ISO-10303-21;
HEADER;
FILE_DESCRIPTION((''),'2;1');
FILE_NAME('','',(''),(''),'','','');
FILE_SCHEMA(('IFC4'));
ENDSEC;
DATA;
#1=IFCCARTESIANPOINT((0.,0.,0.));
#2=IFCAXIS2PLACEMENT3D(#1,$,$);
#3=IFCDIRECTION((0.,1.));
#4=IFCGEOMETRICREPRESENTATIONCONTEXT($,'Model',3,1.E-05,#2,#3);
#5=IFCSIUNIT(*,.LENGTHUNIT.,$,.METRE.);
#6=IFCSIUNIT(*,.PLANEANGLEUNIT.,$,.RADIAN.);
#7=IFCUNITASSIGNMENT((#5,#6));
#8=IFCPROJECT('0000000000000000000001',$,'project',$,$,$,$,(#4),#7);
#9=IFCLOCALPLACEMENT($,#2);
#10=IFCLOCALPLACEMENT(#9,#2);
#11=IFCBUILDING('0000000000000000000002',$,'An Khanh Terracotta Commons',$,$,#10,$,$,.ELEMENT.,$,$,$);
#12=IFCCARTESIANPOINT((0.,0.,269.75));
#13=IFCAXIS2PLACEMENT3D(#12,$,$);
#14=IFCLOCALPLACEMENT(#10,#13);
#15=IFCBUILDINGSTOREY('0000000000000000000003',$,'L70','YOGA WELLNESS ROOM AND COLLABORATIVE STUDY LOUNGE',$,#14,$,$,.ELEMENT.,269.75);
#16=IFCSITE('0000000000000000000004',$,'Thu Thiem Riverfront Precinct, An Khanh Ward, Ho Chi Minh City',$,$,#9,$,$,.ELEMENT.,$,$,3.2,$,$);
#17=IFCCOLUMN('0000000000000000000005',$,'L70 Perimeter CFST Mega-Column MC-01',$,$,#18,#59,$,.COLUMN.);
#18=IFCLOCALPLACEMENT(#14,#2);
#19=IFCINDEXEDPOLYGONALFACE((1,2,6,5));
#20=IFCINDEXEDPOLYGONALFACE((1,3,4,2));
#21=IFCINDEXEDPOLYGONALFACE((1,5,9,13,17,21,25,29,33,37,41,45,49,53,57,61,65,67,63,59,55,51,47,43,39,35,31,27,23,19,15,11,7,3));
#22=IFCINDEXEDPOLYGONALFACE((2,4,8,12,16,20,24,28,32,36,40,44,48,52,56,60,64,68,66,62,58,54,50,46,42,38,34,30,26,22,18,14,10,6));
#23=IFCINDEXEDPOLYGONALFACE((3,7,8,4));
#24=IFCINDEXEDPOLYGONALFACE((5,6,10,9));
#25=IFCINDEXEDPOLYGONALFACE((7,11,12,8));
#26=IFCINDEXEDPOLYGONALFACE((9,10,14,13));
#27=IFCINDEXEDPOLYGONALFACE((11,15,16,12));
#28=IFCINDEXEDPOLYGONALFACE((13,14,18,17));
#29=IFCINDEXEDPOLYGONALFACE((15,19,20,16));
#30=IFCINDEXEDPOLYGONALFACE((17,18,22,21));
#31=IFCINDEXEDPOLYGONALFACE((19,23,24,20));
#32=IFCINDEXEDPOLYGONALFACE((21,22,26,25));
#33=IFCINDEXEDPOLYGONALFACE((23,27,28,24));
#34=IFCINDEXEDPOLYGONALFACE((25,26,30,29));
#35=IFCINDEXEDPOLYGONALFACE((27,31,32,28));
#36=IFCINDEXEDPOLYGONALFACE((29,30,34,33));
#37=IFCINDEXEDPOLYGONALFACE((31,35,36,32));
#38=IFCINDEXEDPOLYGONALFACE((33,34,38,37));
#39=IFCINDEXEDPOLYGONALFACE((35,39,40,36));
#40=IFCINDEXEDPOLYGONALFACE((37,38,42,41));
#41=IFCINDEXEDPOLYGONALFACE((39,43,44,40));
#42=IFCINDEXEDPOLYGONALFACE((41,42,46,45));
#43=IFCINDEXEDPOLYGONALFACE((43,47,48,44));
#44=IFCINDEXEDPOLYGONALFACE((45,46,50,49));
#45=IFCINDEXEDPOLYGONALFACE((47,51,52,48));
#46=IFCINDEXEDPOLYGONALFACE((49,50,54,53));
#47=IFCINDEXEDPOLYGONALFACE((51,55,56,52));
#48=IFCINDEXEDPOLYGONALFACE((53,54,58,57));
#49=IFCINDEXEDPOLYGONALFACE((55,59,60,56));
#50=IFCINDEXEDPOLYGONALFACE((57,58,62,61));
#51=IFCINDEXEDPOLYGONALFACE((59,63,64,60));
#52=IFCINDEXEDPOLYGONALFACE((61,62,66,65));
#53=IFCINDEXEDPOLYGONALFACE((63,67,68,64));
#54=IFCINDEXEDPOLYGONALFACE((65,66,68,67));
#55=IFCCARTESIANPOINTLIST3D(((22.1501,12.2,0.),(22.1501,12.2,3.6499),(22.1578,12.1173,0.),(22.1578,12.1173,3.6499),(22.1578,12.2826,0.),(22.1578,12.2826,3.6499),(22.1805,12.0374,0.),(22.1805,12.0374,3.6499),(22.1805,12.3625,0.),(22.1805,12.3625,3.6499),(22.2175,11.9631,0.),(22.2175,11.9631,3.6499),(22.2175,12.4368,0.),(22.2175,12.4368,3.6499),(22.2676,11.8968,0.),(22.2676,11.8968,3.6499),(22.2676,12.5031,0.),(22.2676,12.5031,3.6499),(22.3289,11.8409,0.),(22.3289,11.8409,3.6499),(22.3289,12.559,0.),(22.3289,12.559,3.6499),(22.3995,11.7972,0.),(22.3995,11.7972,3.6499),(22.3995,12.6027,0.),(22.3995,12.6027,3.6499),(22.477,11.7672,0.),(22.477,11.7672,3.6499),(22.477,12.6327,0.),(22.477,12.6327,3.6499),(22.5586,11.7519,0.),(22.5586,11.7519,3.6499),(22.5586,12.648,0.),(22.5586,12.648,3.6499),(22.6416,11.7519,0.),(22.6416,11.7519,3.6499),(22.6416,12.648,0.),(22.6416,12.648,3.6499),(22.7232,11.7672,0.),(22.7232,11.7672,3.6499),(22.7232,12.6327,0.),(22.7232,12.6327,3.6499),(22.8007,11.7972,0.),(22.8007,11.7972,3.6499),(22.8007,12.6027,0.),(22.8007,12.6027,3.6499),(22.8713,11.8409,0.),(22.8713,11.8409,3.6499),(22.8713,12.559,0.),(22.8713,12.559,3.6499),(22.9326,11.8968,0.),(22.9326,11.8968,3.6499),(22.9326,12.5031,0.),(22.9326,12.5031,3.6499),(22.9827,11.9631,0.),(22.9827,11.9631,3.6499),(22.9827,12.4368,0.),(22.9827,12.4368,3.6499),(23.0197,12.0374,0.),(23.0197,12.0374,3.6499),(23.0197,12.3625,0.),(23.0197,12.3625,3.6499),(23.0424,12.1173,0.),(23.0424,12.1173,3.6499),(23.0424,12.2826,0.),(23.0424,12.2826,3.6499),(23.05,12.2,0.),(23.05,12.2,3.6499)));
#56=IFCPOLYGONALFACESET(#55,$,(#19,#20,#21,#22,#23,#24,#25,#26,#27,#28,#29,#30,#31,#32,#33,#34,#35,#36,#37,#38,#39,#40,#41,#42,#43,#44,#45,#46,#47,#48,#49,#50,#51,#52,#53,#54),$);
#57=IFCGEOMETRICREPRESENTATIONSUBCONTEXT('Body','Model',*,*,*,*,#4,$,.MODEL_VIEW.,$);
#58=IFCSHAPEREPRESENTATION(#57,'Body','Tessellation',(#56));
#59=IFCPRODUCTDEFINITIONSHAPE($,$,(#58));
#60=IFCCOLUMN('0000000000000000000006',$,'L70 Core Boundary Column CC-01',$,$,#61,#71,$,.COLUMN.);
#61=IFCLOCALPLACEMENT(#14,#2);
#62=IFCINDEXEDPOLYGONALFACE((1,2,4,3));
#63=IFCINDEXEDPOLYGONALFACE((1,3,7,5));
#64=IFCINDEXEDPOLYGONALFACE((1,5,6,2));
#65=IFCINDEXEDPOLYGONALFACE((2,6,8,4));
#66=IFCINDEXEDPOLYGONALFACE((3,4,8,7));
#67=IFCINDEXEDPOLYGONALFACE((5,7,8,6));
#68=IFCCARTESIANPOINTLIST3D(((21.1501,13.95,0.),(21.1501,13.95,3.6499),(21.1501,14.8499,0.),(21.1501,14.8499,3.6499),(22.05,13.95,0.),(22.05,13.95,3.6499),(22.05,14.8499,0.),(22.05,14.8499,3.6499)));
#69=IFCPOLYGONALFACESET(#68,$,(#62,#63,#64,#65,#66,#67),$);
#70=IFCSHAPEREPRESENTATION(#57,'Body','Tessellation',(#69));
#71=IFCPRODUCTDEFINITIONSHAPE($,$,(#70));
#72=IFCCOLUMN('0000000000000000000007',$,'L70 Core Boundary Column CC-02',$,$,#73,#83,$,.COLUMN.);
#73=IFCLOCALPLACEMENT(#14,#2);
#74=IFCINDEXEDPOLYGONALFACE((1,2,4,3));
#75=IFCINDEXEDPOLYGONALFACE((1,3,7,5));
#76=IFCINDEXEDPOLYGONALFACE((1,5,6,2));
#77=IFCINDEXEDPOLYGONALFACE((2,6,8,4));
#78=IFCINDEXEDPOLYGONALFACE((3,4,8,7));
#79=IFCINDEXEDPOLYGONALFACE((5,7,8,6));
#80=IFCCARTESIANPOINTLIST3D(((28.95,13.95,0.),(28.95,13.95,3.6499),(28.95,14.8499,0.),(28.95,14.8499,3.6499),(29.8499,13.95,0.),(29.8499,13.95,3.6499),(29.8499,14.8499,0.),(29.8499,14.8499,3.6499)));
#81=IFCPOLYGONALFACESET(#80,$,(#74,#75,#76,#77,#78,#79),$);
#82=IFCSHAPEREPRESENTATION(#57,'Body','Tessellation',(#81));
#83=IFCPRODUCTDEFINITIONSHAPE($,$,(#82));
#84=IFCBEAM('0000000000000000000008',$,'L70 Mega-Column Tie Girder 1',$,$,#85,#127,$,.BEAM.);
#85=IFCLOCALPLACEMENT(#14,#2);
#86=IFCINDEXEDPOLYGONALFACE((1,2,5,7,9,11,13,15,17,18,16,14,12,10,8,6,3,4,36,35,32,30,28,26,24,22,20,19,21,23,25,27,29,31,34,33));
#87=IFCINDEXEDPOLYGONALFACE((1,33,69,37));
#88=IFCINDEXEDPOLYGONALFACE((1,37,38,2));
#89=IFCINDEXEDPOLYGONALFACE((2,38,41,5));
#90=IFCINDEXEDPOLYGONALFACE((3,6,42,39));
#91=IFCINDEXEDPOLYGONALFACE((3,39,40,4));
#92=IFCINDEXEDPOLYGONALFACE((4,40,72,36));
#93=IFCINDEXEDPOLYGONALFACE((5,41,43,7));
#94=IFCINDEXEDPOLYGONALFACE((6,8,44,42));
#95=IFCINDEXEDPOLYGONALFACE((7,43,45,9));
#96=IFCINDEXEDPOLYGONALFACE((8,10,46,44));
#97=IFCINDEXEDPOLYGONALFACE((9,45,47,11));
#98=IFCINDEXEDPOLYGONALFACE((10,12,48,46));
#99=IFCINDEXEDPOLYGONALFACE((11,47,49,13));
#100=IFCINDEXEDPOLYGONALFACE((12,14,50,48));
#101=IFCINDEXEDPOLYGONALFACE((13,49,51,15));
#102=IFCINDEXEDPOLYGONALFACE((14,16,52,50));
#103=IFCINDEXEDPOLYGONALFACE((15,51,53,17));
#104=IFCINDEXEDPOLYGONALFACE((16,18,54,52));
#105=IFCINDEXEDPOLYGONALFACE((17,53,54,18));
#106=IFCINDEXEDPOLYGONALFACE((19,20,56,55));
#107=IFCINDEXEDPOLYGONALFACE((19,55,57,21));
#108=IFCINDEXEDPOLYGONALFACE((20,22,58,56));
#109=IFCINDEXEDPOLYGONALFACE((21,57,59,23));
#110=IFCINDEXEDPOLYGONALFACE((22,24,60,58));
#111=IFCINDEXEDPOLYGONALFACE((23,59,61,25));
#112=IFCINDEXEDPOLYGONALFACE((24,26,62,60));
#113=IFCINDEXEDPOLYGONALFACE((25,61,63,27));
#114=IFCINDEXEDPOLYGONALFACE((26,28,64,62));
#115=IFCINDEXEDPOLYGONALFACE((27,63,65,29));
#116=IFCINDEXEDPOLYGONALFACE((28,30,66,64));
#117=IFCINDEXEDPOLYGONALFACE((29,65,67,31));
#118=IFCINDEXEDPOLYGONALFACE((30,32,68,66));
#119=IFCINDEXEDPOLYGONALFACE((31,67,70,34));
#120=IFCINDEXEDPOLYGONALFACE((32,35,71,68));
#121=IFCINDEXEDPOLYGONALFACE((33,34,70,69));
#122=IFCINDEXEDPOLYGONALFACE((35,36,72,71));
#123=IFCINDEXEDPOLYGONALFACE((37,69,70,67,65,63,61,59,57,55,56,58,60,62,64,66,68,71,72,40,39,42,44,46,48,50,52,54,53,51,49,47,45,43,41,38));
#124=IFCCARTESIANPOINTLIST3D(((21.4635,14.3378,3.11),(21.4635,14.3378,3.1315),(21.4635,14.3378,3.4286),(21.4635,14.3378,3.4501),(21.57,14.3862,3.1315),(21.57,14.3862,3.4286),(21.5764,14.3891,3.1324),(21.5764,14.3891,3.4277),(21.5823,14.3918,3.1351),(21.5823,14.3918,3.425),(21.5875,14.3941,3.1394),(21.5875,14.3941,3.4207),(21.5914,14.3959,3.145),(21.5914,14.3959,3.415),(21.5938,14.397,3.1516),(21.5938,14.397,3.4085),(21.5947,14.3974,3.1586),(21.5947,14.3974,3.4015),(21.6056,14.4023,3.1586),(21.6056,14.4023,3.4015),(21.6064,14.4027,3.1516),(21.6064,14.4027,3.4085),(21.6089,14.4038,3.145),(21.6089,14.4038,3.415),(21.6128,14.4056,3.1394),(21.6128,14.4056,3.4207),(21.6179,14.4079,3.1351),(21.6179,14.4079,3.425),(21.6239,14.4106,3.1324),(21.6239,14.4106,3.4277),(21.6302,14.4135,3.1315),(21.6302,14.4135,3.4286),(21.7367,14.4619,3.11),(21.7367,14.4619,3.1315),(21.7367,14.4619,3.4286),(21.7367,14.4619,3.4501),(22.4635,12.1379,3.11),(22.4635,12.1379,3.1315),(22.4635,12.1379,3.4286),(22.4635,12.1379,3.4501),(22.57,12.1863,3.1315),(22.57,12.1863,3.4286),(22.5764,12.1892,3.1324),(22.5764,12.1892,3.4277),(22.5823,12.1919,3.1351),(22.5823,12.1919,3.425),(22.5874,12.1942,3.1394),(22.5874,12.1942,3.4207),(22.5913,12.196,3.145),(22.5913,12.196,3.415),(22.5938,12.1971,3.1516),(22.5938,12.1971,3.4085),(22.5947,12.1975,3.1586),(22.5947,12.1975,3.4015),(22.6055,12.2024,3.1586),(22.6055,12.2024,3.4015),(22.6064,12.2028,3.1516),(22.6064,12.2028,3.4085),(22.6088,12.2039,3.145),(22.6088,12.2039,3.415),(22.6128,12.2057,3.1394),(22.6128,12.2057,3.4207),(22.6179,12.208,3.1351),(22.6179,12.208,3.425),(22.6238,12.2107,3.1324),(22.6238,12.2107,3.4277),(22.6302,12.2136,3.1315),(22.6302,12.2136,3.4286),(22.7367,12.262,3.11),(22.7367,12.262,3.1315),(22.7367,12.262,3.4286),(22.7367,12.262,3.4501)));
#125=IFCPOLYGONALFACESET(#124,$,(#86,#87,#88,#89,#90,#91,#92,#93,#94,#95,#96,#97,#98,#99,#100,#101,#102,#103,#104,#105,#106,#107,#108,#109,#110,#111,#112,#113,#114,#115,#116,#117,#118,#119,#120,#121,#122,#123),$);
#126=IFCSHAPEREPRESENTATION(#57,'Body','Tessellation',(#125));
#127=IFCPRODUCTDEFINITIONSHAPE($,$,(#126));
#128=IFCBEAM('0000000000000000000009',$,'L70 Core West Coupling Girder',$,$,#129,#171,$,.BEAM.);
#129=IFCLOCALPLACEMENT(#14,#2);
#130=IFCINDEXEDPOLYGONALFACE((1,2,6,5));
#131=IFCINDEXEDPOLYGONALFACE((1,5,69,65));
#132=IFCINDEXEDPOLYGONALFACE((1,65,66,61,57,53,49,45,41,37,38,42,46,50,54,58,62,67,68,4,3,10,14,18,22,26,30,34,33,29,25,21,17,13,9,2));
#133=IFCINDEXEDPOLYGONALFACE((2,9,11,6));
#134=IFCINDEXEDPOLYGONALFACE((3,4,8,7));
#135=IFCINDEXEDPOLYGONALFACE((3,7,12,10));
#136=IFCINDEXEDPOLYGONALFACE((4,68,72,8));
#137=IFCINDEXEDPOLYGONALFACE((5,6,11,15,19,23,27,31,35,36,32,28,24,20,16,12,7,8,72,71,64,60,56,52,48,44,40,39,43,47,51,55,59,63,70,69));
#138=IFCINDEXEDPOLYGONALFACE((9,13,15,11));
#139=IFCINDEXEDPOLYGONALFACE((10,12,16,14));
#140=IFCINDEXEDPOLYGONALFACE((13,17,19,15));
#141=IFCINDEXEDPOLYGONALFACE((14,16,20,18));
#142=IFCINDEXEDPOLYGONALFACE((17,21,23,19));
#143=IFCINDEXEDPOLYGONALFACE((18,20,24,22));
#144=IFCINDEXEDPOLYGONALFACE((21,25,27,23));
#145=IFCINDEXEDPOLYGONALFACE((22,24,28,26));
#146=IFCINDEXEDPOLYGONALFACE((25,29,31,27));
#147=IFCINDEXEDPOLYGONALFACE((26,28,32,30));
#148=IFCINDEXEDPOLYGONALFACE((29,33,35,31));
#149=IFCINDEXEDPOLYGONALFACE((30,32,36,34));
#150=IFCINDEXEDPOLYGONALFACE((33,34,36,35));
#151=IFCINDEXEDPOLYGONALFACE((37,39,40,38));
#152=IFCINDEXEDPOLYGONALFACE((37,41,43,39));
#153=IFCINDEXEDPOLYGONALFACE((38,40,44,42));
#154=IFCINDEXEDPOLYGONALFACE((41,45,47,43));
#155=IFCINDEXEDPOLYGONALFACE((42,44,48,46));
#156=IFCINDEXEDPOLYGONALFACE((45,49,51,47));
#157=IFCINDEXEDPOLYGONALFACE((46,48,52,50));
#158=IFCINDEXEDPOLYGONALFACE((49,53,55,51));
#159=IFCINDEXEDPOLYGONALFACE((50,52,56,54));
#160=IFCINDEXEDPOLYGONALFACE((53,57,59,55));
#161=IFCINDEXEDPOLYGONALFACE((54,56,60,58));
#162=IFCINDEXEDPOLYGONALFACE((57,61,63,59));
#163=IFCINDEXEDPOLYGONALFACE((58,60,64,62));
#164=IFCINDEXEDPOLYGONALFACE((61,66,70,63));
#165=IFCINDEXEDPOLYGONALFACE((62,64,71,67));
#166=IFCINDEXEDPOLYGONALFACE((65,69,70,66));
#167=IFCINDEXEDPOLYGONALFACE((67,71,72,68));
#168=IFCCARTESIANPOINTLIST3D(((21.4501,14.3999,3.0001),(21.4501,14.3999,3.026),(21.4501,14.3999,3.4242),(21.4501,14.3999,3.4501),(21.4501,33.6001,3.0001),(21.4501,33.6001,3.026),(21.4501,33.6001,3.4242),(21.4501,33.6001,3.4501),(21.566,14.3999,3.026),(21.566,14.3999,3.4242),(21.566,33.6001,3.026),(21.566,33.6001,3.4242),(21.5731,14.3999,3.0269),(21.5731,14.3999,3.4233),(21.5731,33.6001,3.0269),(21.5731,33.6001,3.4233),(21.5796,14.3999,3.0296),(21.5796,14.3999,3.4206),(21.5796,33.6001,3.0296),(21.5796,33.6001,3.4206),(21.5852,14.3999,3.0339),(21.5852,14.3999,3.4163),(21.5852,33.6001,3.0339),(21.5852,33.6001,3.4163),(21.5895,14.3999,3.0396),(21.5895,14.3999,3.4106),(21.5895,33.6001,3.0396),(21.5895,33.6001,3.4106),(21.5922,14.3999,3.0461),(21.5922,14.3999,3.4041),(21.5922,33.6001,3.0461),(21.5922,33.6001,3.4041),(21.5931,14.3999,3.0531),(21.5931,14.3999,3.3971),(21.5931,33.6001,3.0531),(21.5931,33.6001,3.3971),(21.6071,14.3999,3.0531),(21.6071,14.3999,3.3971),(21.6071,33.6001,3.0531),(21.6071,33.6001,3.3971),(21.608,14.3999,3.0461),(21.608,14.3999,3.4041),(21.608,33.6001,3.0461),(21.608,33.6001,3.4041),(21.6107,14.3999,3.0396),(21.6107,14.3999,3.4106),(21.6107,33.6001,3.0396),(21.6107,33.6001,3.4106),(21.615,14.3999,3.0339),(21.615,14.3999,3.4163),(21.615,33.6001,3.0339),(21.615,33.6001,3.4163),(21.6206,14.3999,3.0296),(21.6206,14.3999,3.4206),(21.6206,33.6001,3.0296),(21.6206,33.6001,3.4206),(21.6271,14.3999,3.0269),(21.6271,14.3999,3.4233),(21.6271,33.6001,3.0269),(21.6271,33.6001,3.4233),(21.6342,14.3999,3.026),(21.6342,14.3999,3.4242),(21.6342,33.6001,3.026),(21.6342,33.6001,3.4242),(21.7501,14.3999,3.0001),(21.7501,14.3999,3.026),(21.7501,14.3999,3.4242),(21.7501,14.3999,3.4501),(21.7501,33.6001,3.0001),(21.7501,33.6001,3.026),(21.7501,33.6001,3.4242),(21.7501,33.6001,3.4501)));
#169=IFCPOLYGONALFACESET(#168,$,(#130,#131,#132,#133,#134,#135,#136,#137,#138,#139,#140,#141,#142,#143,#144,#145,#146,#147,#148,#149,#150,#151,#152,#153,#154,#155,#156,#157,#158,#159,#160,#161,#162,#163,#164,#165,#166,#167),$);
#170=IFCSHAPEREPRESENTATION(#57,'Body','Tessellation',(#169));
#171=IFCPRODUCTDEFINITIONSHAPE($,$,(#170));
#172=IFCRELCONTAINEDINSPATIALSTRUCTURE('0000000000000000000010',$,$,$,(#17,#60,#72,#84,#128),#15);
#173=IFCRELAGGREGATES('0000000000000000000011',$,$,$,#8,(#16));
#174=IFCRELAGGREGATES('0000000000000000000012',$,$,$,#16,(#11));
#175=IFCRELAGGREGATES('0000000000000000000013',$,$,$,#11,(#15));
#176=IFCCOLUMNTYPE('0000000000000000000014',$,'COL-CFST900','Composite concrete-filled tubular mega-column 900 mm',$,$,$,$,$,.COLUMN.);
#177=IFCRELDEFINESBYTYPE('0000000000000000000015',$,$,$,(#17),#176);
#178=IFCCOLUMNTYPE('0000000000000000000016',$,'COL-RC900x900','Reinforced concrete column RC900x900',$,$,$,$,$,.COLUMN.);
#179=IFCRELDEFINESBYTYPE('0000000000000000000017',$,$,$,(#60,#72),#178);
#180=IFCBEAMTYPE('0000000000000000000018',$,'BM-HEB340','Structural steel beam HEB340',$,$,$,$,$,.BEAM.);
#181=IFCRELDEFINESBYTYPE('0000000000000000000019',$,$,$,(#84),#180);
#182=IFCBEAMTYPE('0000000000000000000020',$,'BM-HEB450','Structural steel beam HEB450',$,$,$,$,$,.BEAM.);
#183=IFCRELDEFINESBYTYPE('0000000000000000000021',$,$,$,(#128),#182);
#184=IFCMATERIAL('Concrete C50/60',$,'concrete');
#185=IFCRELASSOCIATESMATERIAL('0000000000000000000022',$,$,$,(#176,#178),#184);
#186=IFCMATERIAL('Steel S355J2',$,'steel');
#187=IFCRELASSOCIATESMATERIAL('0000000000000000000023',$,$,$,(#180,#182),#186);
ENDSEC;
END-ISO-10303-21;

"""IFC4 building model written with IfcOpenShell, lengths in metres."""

from ifc_helpers import new_model, si_unit, direction, frame, origin, origin_2d, place, context, subcontext, project, spatial, rectangle, circle, i_section, extrude, material, material_profile, profile_set, type_object, element, save


model = new_model("IFC4")

# Units and contexts
model_context = context("Model", 3, precision=1e-05, world=origin(), true_north=direction((0.0, 1.0)))
body_context = subcontext(model_context, "Body", "Model", "MODEL_VIEW")
ifc_project = project(units=[si_unit("LENGTHUNIT", "METRE"), si_unit("PLANEANGLEUNIT", "RADIAN")], contexts=[model_context])

# Site, building, storey
site_placement = place(None, origin())
site = spatial("IfcSite", under=ifc_project, at=site_placement, Name="Thu Thiem Riverfront Precinct, An Khanh Ward, Ho Chi Minh City", CompositionType="ELEMENT", RefElevation=3.2)
building_placement = place(site_placement, origin())
building = spatial("IfcBuilding", under=site, at=building_placement, Name="An Khanh Terracotta Commons", CompositionType="ELEMENT")
storey_placement = place(building_placement, frame((0.0, 0.0, 269.75)))
storey = spatial("IfcBuildingStorey", under=building, at=storey_placement, Name="L70", Description="YOGA WELLNESS ROOM AND COLLABORATIVE STUDY LOUNGE", CompositionType="ELEMENT", Elevation=269.75)

# Columns
ifc_material_1 = material(Name="Concrete C50/60", Category="concrete")
ifc_material_profile_1 = material_profile(ifc_material_1, circle(Radius=0.45, at=origin_2d()), Name="CFST900")
ifc_profile_set_1 = profile_set([ifc_material_profile_1], Name="Concrete C50/60")
column_type_1 = type_object("IfcColumnType", Name="COL-CFST900", Description="Composite concrete-filled tubular mega-column 900 mm", PredefinedType="COLUMN", material=ifc_profile_set_1)
column_placement = place(storey_placement, frame((22.6001, 12.2, 0.0), z_axis=(0.0, 0.0, 1.0), x_axis=(1.0, 0.0, 0.0)))
element("IfcColumn", 1, at=column_placement, inside=storey, type_object=column_type_1, Name="L70 Perimeter CFST Mega-Column MC-01", PredefinedType="COLUMN", context=body_context, shape_type="SweptSolid", body=[
    extrude(circle(Radius=0.45, at=origin_2d()), origin(), (0.0, 0.0, 1.0), 3.6499),
])
ifc_material_profile_2 = material_profile(ifc_material_1, rectangle(XDim=0.8999, YDim=0.8999, at=origin_2d()), Name="RC900x900")
ifc_profile_set_2 = profile_set([ifc_material_profile_2], Name="Concrete C50/60")
column_type_2 = type_object("IfcColumnType", Name="COL-RC900x900", Description="Reinforced concrete column RC900x900", PredefinedType="COLUMN", material=ifc_profile_set_2)
for number, where, z_axis, x_axis, name in (
    (2, (21.6001, 14.3999, 0.0), (0.0, 0.0, 1.0), (1.0, 0.0, 0.0), "L70 Core Boundary Column CC-01"),
    (3, (29.3999, 14.3999, 0.0), (0.0, 0.0, 1.0), (1.0, 0.0, 0.0), "L70 Core Boundary Column CC-02"),
):
    element("IfcColumn", number, at=place(storey_placement, frame(where, z_axis=z_axis, x_axis=x_axis)), inside=storey, type_object=column_type_2, Name=name, PredefinedType="COLUMN", context=body_context, shape_type="SweptSolid", body=[
        extrude(rectangle(XDim=0.8999, YDim=0.8999, at=origin_2d()), origin(), (0.0, 0.0, 1.0), 3.6499),
    ])

# Beams
ifc_material_2 = material(Name="Steel S355J2", Category="steel")
ifc_material_profile_3 = material_profile(ifc_material_2, i_section(OverallWidth=0.3, OverallDepth=0.3401, WebThickness=0.012, FlangeThickness=0.0215, FilletRadius=0.0271, at=origin_2d()), Name="HEB340")
ifc_profile_set_3 = profile_set([ifc_material_profile_3], Name="Steel S355J2")
beam_type_1 = type_object("IfcBeamType", Name="BM-HEB340", Description="Structural steel beam HEB340", PredefinedType="BEAM", material=ifc_profile_set_3)
beam_1_placement = place(storey_placement, frame((22.6001, 12.2, 3.28), z_axis=(-0.413811, 0.910363, 0.0), x_axis=(-0.910363, -0.413811, 0.0)))
element("IfcBeam", 4, at=beam_1_placement, inside=storey, type_object=beam_type_1, Name="L70 Mega-Column Tie Girder 1", PredefinedType="BEAM", context=body_context, shape_type="SweptSolid", body=[
    extrude(i_section(OverallWidth=0.3, OverallDepth=0.3401, WebThickness=0.012, FlangeThickness=0.0215, FilletRadius=0.0271, at=origin_2d()), origin(), (0.0, 0.0, 1.0), 2.4165),
])
ifc_material_profile_4 = material_profile(ifc_material_2, i_section(OverallWidth=0.3, OverallDepth=0.45, WebThickness=0.0139, FlangeThickness=0.0259, FilletRadius=0.0271, at=origin_2d()), Name="HEB450")
ifc_profile_set_4 = profile_set([ifc_material_profile_4], Name="Steel S355J2")
beam_type_2 = type_object("IfcBeamType", Name="BM-HEB450", Description="Structural steel beam HEB450", PredefinedType="BEAM", material=ifc_profile_set_4)
beam_2_placement = place(storey_placement, frame((21.6001, 14.3999, 3.2251), z_axis=(0.0, 1.0, 0.0), x_axis=(-1.0, 0.0, 0.0)))
element("IfcBeam", 5, at=beam_2_placement, inside=storey, type_object=beam_type_2, Name="L70 Core West Coupling Girder", PredefinedType="BEAM", context=body_context, shape_type="SweptSolid", body=[
    extrude(i_section(OverallWidth=0.3, OverallDepth=0.45, WebThickness=0.0139, FlangeThickness=0.0259, FilletRadius=0.0271, at=origin_2d()), origin(), (0.0, 0.0, 1.0), 19.2002),
])

save(model, "model.ifc")
